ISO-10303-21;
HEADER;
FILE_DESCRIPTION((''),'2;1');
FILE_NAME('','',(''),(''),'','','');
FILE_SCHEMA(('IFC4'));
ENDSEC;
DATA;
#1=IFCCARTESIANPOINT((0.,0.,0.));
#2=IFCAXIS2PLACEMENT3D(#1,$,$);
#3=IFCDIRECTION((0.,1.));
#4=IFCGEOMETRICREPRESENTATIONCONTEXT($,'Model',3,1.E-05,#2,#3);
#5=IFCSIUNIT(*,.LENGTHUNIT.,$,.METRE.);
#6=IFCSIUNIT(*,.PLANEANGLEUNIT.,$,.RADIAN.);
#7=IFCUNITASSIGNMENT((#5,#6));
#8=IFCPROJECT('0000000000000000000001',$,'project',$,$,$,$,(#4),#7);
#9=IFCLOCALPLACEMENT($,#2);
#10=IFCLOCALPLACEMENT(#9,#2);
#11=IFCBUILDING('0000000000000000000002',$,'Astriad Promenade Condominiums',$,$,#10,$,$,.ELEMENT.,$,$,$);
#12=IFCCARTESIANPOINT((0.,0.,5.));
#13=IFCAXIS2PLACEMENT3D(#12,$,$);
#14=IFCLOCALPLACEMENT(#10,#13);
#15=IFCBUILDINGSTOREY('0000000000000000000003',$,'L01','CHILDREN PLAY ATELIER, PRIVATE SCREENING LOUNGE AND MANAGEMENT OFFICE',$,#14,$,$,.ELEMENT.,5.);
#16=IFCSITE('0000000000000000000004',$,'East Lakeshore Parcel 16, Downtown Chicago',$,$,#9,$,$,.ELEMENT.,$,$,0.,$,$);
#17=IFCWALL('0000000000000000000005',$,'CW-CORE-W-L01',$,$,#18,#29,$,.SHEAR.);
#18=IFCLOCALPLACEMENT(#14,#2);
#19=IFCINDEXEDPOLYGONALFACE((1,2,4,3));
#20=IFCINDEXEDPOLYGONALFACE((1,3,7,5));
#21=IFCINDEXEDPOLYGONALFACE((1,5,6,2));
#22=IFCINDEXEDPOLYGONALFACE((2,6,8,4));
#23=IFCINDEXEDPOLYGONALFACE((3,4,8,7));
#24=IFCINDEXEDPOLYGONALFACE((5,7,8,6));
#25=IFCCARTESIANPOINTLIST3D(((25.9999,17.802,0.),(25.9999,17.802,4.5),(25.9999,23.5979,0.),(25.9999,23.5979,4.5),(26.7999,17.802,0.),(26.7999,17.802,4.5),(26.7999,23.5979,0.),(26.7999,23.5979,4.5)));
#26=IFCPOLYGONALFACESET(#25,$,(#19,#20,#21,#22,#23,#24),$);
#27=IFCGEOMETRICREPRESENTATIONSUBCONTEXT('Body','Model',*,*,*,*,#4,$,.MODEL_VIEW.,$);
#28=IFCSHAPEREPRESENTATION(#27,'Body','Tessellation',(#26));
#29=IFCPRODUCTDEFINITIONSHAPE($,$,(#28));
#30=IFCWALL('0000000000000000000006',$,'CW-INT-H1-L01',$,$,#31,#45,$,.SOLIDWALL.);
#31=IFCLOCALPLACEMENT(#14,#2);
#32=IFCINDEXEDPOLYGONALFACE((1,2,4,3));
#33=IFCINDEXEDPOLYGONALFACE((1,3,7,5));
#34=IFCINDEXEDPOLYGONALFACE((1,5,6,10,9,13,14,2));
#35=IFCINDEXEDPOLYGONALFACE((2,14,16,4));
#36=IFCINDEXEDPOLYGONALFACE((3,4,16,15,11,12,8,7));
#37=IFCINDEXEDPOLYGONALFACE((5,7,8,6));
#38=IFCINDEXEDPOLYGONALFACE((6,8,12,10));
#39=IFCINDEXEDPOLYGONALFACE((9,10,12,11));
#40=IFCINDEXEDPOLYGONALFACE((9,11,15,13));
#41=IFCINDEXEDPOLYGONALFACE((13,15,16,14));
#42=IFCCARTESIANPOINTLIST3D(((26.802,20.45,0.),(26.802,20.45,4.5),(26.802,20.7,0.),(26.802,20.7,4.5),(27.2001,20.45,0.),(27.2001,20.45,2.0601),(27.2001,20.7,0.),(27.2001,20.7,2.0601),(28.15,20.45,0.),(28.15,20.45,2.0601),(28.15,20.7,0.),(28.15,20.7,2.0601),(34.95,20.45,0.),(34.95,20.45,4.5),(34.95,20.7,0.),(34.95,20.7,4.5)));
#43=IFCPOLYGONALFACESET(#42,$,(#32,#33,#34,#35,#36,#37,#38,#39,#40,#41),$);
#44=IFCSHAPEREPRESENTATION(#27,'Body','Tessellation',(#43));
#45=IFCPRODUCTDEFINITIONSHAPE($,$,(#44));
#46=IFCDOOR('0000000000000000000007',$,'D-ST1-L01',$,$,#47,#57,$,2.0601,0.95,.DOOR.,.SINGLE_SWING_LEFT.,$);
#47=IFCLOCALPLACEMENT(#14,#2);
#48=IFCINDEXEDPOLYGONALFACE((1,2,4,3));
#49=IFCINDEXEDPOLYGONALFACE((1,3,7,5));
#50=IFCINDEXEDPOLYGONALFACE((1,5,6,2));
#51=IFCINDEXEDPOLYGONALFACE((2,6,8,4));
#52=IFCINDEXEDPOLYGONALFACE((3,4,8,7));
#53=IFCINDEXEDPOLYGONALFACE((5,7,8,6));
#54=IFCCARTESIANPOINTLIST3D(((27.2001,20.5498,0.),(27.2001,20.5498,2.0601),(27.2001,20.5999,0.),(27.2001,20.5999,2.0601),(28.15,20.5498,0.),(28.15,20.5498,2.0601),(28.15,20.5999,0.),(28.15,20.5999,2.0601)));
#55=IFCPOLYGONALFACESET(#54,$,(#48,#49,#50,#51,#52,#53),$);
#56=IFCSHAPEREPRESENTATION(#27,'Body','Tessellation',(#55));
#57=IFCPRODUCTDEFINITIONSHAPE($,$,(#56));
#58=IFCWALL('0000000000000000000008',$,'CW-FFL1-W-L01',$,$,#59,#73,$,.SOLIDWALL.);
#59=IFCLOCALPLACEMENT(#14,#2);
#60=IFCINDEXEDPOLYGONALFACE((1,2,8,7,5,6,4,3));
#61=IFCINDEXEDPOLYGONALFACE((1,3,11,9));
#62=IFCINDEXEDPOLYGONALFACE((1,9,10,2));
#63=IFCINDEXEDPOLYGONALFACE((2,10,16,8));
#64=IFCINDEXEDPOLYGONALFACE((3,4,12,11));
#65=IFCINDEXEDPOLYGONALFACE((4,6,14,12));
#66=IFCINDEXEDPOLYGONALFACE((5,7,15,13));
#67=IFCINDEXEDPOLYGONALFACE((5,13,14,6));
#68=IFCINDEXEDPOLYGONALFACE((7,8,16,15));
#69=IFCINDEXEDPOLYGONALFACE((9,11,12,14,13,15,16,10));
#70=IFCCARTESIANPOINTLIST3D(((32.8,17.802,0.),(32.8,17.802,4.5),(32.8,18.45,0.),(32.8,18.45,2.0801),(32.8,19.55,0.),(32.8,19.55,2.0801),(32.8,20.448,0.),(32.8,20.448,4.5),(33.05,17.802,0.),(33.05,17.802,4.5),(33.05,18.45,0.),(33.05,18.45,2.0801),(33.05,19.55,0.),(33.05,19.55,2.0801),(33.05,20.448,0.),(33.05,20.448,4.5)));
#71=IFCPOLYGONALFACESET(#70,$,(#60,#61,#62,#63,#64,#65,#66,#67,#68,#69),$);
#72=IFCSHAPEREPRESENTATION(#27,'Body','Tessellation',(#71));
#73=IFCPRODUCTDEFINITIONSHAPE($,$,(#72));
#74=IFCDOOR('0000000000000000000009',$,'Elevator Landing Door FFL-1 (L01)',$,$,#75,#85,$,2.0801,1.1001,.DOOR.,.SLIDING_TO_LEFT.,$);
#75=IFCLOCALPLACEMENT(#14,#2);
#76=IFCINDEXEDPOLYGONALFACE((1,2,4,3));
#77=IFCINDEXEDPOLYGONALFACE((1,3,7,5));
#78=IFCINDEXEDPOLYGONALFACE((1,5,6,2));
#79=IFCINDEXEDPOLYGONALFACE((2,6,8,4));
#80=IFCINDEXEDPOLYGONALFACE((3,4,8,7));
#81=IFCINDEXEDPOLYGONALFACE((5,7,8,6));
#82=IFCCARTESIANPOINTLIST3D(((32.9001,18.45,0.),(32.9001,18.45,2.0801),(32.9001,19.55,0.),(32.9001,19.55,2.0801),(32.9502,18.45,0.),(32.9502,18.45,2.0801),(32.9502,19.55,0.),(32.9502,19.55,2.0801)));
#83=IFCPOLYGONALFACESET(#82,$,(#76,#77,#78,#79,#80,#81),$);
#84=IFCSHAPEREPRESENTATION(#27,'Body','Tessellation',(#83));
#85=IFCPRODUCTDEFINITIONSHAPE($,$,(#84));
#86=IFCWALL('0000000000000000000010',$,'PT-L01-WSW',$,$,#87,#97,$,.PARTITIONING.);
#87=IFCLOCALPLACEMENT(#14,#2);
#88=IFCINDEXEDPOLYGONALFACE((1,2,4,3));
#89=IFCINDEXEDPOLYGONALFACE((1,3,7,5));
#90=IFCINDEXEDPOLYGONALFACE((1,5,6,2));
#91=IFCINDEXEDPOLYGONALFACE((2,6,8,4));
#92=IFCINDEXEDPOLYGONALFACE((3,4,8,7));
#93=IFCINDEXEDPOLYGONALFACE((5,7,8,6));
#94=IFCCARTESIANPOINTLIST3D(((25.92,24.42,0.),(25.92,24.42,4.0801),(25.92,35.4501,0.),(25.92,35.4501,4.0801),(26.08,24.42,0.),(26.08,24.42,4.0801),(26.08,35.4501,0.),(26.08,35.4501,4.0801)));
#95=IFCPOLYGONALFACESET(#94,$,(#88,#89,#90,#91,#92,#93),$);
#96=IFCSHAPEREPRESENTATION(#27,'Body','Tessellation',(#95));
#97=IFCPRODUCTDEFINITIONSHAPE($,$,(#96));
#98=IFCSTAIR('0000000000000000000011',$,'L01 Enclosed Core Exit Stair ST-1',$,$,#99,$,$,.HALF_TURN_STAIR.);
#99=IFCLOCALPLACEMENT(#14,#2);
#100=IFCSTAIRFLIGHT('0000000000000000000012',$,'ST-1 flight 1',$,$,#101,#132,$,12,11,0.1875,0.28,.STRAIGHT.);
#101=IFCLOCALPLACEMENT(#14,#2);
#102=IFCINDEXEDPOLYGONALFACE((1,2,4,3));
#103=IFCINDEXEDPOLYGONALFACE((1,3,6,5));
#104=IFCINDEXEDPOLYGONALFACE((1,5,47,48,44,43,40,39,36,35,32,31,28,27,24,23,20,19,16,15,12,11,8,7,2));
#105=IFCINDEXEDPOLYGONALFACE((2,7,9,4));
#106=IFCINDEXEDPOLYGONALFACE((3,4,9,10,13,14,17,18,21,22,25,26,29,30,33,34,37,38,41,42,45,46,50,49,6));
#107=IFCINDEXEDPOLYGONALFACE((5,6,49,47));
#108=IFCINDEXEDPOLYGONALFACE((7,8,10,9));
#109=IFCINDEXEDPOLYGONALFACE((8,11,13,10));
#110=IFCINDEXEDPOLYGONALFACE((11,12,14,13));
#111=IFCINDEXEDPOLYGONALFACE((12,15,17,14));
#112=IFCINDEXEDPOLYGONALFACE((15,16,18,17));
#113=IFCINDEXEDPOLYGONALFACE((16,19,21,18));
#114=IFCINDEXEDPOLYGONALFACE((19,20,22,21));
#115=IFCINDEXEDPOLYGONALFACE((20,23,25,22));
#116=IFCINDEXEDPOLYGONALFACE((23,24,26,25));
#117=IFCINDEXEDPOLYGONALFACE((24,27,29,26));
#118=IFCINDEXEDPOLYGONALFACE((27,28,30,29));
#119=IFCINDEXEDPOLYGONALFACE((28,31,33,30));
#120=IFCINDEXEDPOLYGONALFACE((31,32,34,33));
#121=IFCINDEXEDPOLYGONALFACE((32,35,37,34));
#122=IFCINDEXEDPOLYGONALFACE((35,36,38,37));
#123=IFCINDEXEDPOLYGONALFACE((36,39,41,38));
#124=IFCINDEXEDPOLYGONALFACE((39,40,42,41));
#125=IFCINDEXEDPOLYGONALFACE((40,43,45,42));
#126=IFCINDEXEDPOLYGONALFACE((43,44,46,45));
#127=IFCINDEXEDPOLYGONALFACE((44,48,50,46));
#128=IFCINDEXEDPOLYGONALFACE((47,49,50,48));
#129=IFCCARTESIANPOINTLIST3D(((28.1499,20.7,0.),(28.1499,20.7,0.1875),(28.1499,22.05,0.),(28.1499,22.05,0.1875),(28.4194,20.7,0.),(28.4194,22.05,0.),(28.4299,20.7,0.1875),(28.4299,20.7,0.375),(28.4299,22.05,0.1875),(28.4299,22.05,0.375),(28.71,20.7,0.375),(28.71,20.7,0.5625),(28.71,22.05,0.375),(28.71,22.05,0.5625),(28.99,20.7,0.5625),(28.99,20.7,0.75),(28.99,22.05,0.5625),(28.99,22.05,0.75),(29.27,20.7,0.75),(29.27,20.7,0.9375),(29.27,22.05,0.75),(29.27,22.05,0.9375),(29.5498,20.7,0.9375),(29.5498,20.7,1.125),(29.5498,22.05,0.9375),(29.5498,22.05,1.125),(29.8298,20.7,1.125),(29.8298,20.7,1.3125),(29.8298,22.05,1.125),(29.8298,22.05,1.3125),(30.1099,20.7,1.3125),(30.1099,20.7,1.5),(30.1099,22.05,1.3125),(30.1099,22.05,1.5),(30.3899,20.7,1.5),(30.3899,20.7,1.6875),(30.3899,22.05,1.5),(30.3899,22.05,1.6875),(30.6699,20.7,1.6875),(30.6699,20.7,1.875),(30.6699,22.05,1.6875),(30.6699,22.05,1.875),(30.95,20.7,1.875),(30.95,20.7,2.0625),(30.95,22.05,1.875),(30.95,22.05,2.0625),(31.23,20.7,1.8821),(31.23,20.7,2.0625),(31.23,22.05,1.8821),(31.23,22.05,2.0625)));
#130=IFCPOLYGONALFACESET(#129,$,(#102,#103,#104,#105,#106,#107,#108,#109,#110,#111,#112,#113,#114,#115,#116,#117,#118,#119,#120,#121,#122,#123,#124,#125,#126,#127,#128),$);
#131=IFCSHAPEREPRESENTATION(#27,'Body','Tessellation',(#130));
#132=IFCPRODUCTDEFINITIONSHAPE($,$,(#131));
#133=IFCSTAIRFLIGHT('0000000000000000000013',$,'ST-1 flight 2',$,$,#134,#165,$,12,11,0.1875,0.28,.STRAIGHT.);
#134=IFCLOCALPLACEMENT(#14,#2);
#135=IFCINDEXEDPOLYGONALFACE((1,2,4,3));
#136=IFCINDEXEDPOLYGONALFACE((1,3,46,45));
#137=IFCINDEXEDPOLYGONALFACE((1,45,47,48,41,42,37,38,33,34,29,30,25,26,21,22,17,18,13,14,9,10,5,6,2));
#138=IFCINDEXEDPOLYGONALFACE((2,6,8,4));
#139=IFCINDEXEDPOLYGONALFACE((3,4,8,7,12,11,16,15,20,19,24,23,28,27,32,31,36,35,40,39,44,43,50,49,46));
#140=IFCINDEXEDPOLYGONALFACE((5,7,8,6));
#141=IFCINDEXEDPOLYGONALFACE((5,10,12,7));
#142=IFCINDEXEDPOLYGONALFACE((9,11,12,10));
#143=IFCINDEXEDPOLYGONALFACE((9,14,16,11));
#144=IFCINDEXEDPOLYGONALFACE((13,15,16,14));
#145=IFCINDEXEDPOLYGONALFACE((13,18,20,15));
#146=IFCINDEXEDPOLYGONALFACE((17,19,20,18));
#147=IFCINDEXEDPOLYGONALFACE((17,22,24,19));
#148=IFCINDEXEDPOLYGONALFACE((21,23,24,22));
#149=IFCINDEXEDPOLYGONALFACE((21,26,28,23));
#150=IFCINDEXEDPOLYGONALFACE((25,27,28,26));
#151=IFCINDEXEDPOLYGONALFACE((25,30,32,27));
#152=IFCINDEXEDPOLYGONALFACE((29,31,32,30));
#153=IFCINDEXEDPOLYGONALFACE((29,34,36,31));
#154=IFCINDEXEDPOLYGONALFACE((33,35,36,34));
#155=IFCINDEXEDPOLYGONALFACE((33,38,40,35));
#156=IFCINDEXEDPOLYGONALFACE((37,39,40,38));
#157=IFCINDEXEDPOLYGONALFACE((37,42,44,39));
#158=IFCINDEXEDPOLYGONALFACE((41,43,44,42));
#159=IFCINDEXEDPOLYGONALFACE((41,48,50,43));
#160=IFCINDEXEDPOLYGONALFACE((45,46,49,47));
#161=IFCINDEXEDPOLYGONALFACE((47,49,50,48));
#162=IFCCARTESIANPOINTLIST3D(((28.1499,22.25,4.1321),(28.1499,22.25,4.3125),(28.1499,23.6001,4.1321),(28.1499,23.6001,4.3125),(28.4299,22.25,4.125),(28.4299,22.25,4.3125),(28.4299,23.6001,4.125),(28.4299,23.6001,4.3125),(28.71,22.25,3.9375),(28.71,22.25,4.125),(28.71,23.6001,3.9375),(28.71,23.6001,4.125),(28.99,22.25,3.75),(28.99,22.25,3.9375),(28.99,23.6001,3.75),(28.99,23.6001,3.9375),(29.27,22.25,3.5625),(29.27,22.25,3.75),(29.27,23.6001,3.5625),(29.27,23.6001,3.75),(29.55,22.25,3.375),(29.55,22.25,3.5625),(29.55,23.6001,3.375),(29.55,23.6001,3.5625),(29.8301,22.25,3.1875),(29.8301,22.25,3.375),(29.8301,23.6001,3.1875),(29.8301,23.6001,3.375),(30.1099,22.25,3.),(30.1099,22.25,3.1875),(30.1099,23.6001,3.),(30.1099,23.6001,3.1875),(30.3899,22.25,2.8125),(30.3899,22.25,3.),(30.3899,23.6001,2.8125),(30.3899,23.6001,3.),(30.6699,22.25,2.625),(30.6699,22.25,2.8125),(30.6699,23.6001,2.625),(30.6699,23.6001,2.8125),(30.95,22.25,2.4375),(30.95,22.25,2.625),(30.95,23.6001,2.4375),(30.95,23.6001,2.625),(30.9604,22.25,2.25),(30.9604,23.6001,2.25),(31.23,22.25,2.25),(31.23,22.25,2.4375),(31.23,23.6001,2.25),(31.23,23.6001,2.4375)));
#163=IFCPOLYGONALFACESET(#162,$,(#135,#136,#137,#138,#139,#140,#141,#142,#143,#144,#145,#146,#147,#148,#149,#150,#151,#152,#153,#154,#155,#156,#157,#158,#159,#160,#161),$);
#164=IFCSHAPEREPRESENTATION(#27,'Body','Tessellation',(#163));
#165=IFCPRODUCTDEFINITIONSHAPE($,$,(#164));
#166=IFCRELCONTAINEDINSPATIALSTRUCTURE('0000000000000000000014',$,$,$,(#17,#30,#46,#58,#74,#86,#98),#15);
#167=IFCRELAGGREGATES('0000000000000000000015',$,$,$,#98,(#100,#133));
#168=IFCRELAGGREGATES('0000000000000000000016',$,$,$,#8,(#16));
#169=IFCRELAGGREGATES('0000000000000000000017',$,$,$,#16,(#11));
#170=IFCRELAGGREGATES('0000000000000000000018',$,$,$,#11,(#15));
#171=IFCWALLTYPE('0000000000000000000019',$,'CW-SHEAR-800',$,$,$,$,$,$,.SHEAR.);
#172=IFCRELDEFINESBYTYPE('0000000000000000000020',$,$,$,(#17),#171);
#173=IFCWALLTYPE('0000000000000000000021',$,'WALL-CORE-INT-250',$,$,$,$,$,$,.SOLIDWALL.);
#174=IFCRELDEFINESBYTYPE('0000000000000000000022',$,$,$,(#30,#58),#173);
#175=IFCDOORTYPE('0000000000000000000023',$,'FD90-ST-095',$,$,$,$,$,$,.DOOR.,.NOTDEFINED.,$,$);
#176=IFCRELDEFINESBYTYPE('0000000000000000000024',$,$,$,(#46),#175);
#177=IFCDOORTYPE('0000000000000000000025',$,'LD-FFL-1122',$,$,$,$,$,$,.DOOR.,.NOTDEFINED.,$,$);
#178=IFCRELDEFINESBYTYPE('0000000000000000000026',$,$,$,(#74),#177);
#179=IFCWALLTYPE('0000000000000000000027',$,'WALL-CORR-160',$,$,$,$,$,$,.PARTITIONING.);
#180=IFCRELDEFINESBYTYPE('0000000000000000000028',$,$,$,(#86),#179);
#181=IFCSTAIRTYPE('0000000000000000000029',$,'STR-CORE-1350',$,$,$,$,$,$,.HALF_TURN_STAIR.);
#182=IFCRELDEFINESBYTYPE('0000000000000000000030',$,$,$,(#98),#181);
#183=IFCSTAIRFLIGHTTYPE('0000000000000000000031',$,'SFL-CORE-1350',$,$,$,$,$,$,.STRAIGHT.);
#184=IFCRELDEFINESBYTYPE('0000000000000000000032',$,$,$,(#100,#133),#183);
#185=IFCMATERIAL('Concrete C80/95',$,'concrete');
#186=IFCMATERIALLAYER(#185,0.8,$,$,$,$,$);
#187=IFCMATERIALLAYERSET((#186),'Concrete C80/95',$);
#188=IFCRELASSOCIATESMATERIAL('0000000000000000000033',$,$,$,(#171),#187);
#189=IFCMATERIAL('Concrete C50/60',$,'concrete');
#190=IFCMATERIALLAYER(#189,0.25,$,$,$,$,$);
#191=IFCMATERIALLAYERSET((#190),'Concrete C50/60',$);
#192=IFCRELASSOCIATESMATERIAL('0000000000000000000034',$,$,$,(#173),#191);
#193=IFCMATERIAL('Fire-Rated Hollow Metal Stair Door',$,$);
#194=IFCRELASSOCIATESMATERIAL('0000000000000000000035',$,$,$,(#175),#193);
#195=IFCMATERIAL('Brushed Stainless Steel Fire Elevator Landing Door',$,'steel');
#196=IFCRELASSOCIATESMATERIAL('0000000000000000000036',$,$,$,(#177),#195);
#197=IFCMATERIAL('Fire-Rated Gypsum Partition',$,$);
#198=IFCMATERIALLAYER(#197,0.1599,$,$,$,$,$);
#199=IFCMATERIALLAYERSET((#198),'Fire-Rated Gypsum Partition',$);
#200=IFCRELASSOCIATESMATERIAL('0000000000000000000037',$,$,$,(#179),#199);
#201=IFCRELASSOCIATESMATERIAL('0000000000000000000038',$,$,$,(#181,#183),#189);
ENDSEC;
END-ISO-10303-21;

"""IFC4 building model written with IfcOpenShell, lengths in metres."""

from ifc_helpers import new_model, si_unit, direction, frame, frame_2d, origin, place, context, subcontext, project, spatial, polyline, rectangle, outline, extrude, source, transform, mapped, material, layer, layer_set, type_object, type_shapes, element, fill, aggregate, save


model = new_model("IFC4")

# Units and contexts
model_context = context("Model", 3, precision=1e-05, world=origin(), true_north=direction((0.0, 1.0)))
body_context = subcontext(model_context, "Body", "Model", "MODEL_VIEW")
ifc_project = project(units=[si_unit("LENGTHUNIT", "METRE"), si_unit("PLANEANGLEUNIT", "RADIAN")], contexts=[model_context])

# Site, building, storey
site_placement = place(None, origin())
site = spatial("IfcSite", under=ifc_project, at=site_placement, Name="East Lakeshore Parcel 16, Downtown Chicago", CompositionType="ELEMENT", RefElevation=0.0)
building_placement = place(site_placement, origin())
building = spatial("IfcBuilding", under=site, at=building_placement, Name="Astriad Promenade Condominiums", CompositionType="ELEMENT")
storey_placement = place(building_placement, frame((0.0, 0.0, 5.0)))
storey = spatial("IfcBuildingStorey", under=building, at=storey_placement, Name="L01", Description="CHILDREN PLAY ATELIER, PRIVATE SCREENING LOUNGE AND MANAGEMENT OFFICE", CompositionType="ELEMENT", Elevation=5.0)

# Shared definitions
ifc_material_1 = material(Name="Concrete C80/95", Category="concrete")

# Wall
ifc_layer_1 = layer(ifc_material_1, 0.8)
ifc_layer_set_1 = layer_set([ifc_layer_1], Name="Concrete C80/95")
wall_type_1 = type_object("IfcWallType", Name="CW-SHEAR-800", PredefinedType="SHEAR", material=ifc_layer_set_1)
wall_1_placement = place(storey_placement, frame((26.3999, 17.802, 0.0), z_axis=(0.0, 0.0, 1.0), x_axis=(0.0, 1.0, 0.0)))
element("IfcWall", 1, at=wall_1_placement, inside=storey, type_object=wall_type_1, Name="CW-CORE-W-L01", PredefinedType="SHEAR", context=body_context, shape_type="SweptSolid", body=[
    extrude(rectangle(XDim=5.7959, YDim=0.8, at=frame_2d((2.8979, 0.0))), origin(), (0.0, 0.0, 1.0), 4.5),
])

# Walls, openings, doors
ifc_material_2 = material(Name="Concrete C50/60", Category="concrete")
ifc_layer_2 = layer(ifc_material_2, 0.25)
ifc_layer_set_2 = layer_set([ifc_layer_2], Name="Concrete C50/60")
wall_type_2 = type_object("IfcWallType", Name="WALL-CORE-INT-250", PredefinedType="SOLIDWALL", material=ifc_layer_set_2)
wall_2_placement = place(storey_placement, frame((26.802, 20.575, 0.0), z_axis=(0.0, 0.0, 1.0), x_axis=(1.0, 0.0, 0.0)))
wall_2 = element("IfcWall", 2, at=wall_2_placement, inside=storey, type_object=wall_type_2, Name="CW-INT-H1-L01", PredefinedType="SOLIDWALL", context=body_context, shape_type="SweptSolid", body=[
    extrude(rectangle(XDim=8.1479, YDim=0.25, at=frame_2d((4.074, 0.0))), origin(), (0.0, 0.0, 1.0), 4.5),
])
opening_1_placement = place(wall_2_placement, frame((0.3979, 0.0, 0.0)))
opening_1 = element("IfcOpeningElement", 3, at=opening_1_placement, cuts=wall_2, PredefinedType="OPENING", context=body_context, shape_type="SweptSolid", body=[
    extrude(rectangle(XDim=0.95, YDim=2.0601, at=frame_2d((0.4751, 1.03))), frame((0.0, 0.135, 0.0), z_axis=(0.0, -1.0, 0.0), x_axis=(1.0, 0.0, 0.0)), (0.0, 0.0, 1.0), 0.27),
])
ifc_material_3 = material(Name="Fire-Rated Hollow Metal Stair Door")
door_type_1 = type_object("IfcDoorType", Name="FD90-ST-095", OperationType="NOTDEFINED", PredefinedType="DOOR", material=ifc_material_3)
shared_shape_1 = source(origin(), body_context, "Body", "SweptSolid", [
    extrude(rectangle(XDim=0.95, YDim=2.0601, at=frame_2d((0.4751, 1.03))), frame((0.0, 0.0249, 0.0), z_axis=(0.0, -1.0, 0.0), x_axis=(1.0, 0.0, 0.0)), (0.0, 0.0, 1.0), 0.05),
])
type_shapes(door_type_1, [shared_shape_1])
door_1_placement = place(opening_1_placement, origin())
door_1 = element("IfcDoor", 4, at=door_1_placement, inside=storey, type_object=door_type_1, Name="D-ST1-L01", OperationType="SINGLE_SWING_LEFT", OverallHeight=2.0601, OverallWidth=0.95, PredefinedType="DOOR", context=body_context, shape_type="MappedRepresentation", body=[
    mapped(shared_shape_1, transform((0.0, 0.0, 0.0), scale=1.0)),
])
fill(opening_1, door_1)
wall_3_placement = place(storey_placement, frame((32.925, 17.802, 0.0), z_axis=(0.0, 0.0, 1.0), x_axis=(0.0, 1.0, 0.0)))
wall_3 = element("IfcWall", 5, at=wall_3_placement, inside=storey, type_object=wall_type_2, Name="CW-FFL1-W-L01", PredefinedType="SOLIDWALL", context=body_context, shape_type="SweptSolid", body=[
    extrude(rectangle(XDim=2.646, YDim=0.25, at=frame_2d((1.323, 0.0))), origin(), (0.0, 0.0, 1.0), 4.5),
])
opening_2_placement = place(wall_3_placement, frame((0.6479, 0.0, 0.0)))
opening_2 = element("IfcOpeningElement", 6, at=opening_2_placement, cuts=wall_3, PredefinedType="OPENING", context=body_context, shape_type="SweptSolid", body=[
    extrude(rectangle(XDim=1.1001, YDim=2.0801, at=frame_2d((0.55, 1.04))), frame((0.0, 0.135, 0.0), z_axis=(0.0, -1.0, 0.0), x_axis=(1.0, 0.0, 0.0)), (0.0, 0.0, 1.0), 0.27),
])
ifc_material_4 = material(Name="Brushed Stainless Steel Fire Elevator Landing Door", Category="steel")
door_type_2 = type_object("IfcDoorType", Name="LD-FFL-1122", OperationType="NOTDEFINED", PredefinedType="DOOR", material=ifc_material_4)
shared_shape_2 = source(origin(), body_context, "Body", "SweptSolid", [
    extrude(rectangle(XDim=1.1001, YDim=2.0801, at=frame_2d((0.55, 1.04))), frame((0.0, 0.0249, 0.0), z_axis=(0.0, -1.0, 0.0), x_axis=(1.0, 0.0, 0.0)), (0.0, 0.0, 1.0), 0.05),
])
type_shapes(door_type_2, [shared_shape_2])
door_2_placement = place(opening_2_placement, origin())
door_2 = element("IfcDoor", 7, at=door_2_placement, inside=storey, type_object=door_type_2, Name="Elevator Landing Door FFL-1 (L01)", OperationType="SLIDING_TO_LEFT", OverallHeight=2.0801, OverallWidth=1.1001, PredefinedType="DOOR", context=body_context, shape_type="MappedRepresentation", body=[
    mapped(shared_shape_2, transform((0.0, 0.0, 0.0), scale=1.0)),
])
fill(opening_2, door_2)

# Wall
ifc_material_5 = material(Name="Fire-Rated Gypsum Partition")
ifc_layer_3 = layer(ifc_material_5, 0.1599)
ifc_layer_set_3 = layer_set([ifc_layer_3], Name="Fire-Rated Gypsum Partition")
wall_type_3 = type_object("IfcWallType", Name="WALL-CORR-160", PredefinedType="PARTITIONING", material=ifc_layer_set_3)
wall_4_placement = place(storey_placement, frame((26.0, 24.4199, 0.0), z_axis=(0.0, 0.0, 1.0), x_axis=(0.0, 1.0, 0.0)))
element("IfcWall", 8, at=wall_4_placement, inside=storey, type_object=wall_type_3, Name="PT-L01-WSW", PredefinedType="PARTITIONING", context=body_context, shape_type="SweptSolid", body=[
    extrude(rectangle(XDim=11.03, YDim=0.1599, at=frame_2d((5.5151, 0.0))), origin(), (0.0, 0.0, 1.0), 4.0801),
])

# Stair, stair flights
stair_type = type_object("IfcStairType", Name="STR-CORE-1350", PredefinedType="HALF_TURN_STAIR", material=ifc_material_2)
stair_placement = place(storey_placement, origin())
stair = element("IfcStair", 9, at=stair_placement, inside=storey, type_object=stair_type, Name="L01 Enclosed Core Exit Stair ST-1", PredefinedType="HALF_TURN_STAIR")
stair_flight_type = type_object("IfcStairFlightType", Name="SFL-CORE-1350", PredefinedType="STRAIGHT", material=ifc_material_2)
shared_shape_3 = source(origin(), body_context, "Body", "SweptSolid", [
    extrude(outline(polyline([(0.0, 0.0), (0.0, 0.1875), (0.28, 0.1875), (0.28, 0.375), (0.5601, 0.375), (0.5601, 0.5625), (0.8401, 0.5625), (0.8401, 0.75), (1.1201, 0.75), (1.1201, 0.9375), (1.3999, 0.9375), (1.3999, 1.125), (1.6799, 1.125), (1.6799, 1.3125), (1.96, 1.3125), (1.96, 1.5), (2.24, 1.5), (2.24, 1.6875), (2.52, 1.6875), (2.52, 1.875), (2.8, 1.875), (2.8, 2.0625), (3.0801, 2.0625), (3.0801, 2.25), (3.0801, 1.8821), (0.2695, 0.0), (0.0, 0.0)])), frame((0.0, 0.675, 0.0), z_axis=(0.0, -1.0, 0.0), x_axis=(1.0, 0.0, 0.0)), (0.0, 0.0, 1.0), 1.3501),
])
type_shapes(stair_flight_type, [shared_shape_3])
stair_flight_1_placement = place(storey_placement, frame((28.1499, 21.375, 0.0), z_axis=(0.0, 0.0, 1.0), x_axis=(1.0, 0.0, 0.0)))
stair_flight_1 = element("IfcStairFlight", 10, at=stair_flight_1_placement, type_object=stair_flight_type, Name="ST-1 flight 1", NumberOfRisers=12, NumberOfTreads=11, PredefinedType="STRAIGHT", RiserHeight=0.1875, TreadLength=0.28, context=body_context, shape_type="MappedRepresentation", body=[
    mapped(shared_shape_3, transform((0.0, 0.0, 0.0), scale=1.0)),
])
stair_flight_2_placement = place(storey_placement, frame((31.23, 22.925, 2.25), z_axis=(0.0, 0.0, 1.0), x_axis=(-1.0, 0.0, 0.0)))
stair_flight_2 = element("IfcStairFlight", 11, at=stair_flight_2_placement, type_object=stair_flight_type, Name="ST-1 flight 2", NumberOfRisers=12, NumberOfTreads=11, PredefinedType="STRAIGHT", RiserHeight=0.1875, TreadLength=0.28, context=body_context, shape_type="MappedRepresentation", body=[
    mapped(shared_shape_3, transform((0.0, 0.0, 0.0), scale=1.0)),
])
aggregate(stair, [stair_flight_1, stair_flight_2])

save(model, "model.ifc")
